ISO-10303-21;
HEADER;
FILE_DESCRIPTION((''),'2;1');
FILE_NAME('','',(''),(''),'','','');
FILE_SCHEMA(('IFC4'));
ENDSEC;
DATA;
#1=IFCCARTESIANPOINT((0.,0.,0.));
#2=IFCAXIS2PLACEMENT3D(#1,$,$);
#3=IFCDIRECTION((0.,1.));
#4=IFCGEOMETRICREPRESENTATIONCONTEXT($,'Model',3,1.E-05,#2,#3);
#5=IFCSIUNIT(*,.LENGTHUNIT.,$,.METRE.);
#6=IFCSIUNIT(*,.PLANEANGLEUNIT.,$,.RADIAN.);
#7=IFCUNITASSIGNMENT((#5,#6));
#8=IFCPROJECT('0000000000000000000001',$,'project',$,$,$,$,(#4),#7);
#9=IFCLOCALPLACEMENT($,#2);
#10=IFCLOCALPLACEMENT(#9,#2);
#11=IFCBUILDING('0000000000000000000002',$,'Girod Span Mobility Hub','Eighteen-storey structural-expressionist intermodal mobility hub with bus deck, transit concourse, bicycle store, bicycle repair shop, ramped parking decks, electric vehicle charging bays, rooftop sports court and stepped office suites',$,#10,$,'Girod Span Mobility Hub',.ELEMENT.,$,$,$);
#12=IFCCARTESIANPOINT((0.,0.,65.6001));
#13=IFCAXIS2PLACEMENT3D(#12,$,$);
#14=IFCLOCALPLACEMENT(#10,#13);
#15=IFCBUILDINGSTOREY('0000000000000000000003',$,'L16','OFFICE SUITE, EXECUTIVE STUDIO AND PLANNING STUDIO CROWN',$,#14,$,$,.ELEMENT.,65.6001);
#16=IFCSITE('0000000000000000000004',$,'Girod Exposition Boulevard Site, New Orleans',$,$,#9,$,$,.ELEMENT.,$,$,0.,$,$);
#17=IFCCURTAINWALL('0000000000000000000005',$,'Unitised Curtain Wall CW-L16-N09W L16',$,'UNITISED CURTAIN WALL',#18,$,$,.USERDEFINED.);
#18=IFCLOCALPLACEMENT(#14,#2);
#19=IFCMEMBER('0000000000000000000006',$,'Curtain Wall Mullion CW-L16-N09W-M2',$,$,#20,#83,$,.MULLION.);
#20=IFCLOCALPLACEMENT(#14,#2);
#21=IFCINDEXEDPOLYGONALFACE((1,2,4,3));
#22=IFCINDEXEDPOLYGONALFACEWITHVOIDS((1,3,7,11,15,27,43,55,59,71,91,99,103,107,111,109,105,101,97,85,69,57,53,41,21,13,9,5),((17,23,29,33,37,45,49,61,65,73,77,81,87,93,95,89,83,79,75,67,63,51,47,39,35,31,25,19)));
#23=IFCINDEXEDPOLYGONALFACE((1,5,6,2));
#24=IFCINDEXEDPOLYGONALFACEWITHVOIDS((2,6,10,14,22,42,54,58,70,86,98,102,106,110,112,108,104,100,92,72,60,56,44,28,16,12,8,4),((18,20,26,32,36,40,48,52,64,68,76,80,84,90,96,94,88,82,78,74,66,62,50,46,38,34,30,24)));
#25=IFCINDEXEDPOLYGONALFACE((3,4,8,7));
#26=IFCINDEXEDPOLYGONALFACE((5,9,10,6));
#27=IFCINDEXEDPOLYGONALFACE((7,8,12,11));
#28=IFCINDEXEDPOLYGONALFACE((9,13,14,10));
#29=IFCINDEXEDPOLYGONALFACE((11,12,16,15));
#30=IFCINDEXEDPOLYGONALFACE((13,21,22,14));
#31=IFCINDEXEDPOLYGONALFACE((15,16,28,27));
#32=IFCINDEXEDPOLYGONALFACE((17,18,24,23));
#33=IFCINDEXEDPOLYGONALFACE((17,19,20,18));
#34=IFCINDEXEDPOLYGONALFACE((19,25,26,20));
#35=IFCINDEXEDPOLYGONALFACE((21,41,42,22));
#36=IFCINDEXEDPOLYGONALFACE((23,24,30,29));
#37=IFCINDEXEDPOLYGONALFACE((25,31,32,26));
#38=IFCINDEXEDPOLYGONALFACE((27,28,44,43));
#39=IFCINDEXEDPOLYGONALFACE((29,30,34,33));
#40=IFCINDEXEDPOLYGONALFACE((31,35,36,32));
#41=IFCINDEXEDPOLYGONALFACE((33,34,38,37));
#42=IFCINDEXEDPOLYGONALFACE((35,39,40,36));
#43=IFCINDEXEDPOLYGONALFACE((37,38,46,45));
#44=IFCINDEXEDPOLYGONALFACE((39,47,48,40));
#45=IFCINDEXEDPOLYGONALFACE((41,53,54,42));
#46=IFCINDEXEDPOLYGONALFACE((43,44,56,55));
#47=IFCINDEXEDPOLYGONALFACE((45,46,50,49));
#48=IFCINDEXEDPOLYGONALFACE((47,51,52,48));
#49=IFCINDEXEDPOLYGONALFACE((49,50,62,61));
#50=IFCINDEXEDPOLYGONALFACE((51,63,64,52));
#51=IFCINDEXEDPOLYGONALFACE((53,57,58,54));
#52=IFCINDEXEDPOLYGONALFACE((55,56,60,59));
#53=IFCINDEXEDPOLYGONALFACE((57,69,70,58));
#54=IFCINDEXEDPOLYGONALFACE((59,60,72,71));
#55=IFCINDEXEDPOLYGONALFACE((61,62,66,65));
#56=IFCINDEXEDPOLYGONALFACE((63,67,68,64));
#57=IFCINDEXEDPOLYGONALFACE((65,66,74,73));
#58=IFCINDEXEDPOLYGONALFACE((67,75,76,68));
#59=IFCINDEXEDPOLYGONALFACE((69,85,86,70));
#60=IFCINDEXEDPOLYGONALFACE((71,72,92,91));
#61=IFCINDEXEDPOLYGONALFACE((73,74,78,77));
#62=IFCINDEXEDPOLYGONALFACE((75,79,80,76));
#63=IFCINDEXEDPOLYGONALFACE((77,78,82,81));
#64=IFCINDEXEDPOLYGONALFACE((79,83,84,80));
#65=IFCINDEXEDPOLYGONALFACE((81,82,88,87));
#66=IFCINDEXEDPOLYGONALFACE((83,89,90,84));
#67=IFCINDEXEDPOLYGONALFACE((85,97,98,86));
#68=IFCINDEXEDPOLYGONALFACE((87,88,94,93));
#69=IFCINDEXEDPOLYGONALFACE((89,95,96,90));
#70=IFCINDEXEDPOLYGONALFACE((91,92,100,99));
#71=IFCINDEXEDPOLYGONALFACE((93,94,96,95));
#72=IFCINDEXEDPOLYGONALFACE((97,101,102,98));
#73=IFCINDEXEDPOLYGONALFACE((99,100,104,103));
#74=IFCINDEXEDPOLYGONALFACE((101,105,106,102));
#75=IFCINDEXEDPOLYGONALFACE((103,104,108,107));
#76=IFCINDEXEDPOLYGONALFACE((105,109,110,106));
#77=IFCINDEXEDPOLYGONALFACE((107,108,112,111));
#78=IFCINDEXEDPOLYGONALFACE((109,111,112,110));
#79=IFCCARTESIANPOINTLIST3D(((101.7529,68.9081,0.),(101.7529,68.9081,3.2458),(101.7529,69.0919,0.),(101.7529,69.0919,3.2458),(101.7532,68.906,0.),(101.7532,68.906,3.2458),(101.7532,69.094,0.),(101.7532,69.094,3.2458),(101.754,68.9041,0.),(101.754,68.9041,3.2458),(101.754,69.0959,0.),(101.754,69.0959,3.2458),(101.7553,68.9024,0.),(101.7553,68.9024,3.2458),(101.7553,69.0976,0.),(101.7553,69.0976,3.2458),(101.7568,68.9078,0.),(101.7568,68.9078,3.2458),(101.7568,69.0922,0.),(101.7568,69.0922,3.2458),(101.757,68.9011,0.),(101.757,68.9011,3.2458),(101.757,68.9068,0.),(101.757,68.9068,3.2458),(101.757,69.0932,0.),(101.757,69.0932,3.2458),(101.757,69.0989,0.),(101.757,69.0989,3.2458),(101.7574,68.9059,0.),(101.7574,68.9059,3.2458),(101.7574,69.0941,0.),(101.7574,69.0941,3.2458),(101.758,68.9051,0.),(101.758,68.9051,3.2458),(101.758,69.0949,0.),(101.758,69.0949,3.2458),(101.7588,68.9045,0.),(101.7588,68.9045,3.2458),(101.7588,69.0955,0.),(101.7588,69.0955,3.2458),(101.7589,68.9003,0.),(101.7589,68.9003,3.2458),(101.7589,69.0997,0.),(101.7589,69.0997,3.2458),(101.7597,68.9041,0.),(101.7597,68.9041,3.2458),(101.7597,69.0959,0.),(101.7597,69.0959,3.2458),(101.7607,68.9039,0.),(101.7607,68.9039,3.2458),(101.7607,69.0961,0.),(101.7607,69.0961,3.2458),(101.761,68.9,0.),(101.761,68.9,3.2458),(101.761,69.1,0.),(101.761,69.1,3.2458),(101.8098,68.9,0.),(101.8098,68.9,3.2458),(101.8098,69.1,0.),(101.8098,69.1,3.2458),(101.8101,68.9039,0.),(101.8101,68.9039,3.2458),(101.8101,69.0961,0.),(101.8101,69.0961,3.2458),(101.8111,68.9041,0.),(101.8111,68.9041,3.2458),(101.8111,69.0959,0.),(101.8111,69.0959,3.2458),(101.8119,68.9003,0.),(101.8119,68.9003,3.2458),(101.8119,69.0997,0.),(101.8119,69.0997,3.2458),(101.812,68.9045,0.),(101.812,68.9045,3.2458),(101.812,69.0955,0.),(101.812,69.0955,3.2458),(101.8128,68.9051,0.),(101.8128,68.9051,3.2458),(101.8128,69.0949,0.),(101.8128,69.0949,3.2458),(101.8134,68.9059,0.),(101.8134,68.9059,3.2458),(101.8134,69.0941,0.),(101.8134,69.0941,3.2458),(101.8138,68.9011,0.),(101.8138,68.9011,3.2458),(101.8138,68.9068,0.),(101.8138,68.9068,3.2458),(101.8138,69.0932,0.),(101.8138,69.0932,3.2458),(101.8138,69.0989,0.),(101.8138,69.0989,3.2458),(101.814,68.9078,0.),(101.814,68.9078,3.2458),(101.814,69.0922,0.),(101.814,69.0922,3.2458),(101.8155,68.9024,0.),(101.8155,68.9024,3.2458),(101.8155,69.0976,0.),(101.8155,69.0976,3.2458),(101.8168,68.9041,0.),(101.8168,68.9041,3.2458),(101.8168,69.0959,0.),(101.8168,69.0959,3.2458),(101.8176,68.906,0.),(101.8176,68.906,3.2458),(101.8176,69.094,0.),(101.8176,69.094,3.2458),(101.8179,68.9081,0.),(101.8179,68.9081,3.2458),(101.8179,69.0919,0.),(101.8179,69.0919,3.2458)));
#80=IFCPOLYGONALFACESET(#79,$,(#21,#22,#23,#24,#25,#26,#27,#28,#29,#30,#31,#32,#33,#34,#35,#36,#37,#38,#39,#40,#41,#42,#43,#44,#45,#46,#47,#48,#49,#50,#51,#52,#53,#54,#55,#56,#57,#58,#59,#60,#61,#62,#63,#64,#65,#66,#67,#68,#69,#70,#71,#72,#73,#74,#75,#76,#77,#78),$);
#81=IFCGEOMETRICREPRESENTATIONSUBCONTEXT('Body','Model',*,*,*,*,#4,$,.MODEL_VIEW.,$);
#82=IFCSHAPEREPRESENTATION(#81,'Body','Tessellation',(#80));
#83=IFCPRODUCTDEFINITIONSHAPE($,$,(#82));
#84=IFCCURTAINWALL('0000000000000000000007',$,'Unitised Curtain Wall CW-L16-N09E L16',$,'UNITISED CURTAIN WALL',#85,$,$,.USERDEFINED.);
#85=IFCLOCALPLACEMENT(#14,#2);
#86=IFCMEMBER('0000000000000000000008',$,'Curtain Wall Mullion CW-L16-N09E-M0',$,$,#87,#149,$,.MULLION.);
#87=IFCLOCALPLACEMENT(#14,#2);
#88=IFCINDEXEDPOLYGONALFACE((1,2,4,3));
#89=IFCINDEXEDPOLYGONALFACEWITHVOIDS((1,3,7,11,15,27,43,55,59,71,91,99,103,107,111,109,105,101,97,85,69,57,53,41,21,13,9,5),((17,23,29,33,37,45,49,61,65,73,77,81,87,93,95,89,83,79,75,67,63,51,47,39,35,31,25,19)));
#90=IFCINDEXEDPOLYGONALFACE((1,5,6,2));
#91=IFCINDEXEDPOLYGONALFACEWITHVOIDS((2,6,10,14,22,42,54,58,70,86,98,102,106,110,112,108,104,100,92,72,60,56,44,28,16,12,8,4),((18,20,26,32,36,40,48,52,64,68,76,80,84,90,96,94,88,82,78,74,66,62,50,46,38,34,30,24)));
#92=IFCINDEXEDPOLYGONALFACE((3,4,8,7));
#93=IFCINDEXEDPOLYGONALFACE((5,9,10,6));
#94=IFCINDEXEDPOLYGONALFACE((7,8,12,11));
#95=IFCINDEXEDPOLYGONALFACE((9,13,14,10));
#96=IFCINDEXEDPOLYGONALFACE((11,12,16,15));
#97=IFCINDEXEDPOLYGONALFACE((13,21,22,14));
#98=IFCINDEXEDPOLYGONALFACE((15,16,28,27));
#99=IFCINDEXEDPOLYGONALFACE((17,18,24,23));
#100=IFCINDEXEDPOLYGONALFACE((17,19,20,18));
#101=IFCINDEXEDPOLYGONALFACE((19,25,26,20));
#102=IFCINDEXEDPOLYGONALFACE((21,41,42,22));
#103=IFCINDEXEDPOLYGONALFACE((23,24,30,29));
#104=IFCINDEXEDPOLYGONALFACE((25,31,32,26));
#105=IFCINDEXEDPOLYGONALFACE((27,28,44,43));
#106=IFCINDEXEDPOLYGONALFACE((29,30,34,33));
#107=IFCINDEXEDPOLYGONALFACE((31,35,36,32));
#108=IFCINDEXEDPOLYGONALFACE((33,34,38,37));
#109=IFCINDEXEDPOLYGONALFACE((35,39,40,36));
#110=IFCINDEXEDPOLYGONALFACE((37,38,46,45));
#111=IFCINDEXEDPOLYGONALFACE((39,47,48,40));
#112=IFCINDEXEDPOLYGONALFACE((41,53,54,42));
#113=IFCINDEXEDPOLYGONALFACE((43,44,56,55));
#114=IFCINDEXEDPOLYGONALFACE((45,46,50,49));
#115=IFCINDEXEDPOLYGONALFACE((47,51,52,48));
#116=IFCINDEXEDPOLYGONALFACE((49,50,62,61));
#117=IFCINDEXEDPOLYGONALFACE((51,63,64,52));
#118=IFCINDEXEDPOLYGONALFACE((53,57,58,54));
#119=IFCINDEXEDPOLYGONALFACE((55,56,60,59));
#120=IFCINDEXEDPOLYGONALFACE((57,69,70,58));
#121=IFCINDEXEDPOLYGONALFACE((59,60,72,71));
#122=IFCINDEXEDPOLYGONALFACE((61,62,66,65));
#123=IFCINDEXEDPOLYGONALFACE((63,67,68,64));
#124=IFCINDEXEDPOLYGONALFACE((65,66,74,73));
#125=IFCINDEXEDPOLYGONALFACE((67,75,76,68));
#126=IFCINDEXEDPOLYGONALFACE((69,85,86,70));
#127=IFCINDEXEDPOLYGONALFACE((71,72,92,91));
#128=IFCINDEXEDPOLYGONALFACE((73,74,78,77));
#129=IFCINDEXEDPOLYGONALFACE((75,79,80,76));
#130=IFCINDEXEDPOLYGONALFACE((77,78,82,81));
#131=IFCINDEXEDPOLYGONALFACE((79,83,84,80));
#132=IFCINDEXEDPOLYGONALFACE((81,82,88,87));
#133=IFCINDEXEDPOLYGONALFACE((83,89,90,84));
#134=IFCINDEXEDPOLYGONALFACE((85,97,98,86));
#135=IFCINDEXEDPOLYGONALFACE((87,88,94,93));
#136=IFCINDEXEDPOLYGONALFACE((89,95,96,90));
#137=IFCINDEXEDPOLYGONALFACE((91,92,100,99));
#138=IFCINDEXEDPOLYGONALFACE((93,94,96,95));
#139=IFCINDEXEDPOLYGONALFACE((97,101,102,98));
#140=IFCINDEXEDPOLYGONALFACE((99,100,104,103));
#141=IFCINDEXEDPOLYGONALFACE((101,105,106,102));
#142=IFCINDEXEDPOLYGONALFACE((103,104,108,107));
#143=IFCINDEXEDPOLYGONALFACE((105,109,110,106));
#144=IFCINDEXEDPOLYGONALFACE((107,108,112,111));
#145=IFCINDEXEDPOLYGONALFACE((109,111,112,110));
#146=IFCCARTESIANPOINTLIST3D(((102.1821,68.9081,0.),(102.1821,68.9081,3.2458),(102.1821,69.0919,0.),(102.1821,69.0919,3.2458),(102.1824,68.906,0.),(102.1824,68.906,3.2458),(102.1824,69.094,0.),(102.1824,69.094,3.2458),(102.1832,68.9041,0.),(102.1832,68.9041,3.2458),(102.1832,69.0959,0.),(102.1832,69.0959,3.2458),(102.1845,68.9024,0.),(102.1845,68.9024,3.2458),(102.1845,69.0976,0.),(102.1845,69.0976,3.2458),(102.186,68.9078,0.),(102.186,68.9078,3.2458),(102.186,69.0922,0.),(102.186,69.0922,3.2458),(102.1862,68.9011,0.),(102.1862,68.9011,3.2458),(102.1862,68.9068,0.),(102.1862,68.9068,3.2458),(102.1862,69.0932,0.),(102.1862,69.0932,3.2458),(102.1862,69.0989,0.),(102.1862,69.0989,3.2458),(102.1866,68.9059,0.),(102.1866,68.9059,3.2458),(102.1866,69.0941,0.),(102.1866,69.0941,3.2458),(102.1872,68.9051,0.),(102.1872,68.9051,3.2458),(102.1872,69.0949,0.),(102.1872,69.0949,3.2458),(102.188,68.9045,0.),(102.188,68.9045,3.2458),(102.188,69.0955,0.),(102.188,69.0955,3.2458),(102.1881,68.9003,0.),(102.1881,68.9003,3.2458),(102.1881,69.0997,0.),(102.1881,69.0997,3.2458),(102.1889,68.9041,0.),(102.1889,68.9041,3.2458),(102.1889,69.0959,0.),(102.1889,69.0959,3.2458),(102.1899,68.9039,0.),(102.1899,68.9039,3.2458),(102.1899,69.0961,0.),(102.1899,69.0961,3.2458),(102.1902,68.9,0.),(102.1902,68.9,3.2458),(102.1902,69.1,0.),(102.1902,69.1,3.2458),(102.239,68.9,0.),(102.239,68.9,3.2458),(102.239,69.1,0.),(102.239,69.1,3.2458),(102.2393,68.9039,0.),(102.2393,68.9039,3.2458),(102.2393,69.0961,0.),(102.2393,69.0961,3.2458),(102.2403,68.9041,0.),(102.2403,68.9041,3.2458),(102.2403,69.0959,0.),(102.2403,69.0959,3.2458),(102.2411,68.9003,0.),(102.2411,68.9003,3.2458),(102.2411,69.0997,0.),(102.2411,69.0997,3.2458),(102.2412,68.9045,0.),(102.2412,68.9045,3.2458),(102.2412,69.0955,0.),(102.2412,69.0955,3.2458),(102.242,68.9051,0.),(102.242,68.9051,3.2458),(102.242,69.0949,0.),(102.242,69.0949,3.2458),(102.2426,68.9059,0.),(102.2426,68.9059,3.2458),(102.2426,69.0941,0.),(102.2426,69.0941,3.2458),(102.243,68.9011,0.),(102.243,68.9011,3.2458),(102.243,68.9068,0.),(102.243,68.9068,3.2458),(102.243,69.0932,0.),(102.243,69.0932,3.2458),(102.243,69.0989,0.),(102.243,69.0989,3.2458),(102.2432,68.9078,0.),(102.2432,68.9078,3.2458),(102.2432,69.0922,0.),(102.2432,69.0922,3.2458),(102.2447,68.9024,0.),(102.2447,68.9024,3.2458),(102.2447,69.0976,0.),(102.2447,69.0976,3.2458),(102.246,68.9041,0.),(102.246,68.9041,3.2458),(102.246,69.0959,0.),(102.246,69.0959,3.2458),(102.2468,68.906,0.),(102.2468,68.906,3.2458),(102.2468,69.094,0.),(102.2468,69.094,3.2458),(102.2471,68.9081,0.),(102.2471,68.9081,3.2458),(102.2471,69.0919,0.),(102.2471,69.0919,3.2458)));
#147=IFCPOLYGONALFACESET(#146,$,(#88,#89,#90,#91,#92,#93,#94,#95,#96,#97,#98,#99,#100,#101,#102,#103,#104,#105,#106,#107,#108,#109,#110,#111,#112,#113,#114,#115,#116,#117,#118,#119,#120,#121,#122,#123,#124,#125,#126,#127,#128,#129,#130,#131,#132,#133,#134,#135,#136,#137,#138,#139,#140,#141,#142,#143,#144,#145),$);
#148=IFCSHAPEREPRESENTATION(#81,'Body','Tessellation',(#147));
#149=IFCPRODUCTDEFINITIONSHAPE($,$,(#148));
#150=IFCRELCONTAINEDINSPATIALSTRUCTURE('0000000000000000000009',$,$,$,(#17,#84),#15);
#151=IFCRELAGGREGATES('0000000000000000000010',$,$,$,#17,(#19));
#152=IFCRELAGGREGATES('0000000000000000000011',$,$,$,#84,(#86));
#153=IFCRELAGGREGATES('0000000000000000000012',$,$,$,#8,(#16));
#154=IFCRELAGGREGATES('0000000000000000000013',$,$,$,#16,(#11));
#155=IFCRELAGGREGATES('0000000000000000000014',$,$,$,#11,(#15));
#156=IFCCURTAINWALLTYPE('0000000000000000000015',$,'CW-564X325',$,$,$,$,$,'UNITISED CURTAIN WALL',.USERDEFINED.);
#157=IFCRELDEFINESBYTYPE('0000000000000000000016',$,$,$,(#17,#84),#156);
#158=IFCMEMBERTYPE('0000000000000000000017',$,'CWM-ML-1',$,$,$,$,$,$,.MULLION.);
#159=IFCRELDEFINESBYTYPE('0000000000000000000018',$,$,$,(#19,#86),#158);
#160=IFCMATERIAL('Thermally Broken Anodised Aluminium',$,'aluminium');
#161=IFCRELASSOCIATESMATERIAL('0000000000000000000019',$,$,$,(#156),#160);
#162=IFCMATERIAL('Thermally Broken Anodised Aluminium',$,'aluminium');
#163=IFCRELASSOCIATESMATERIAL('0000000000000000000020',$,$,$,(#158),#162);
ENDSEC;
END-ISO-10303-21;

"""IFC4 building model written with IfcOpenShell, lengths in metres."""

from ifc_helpers import new_model, si_unit, direction, frame, origin, origin_2d, place, context, subcontext, project, spatial, hollow_rectangle, extrude, material, material_profile, profile_set, type_object, element, aggregate, save


model = new_model("IFC4")

# Units and contexts
model_context = context("Model", 3, precision=1e-05, world=origin(), true_north=direction((0.0, 1.0)))
body_context = subcontext(model_context, "Body", "Model", "MODEL_VIEW")
ifc_project = project(units=[si_unit("LENGTHUNIT", "METRE"), si_unit("PLANEANGLEUNIT", "RADIAN")], contexts=[model_context])

# Site, building, storey
site_placement = place(None, origin())
site = spatial("IfcSite", under=ifc_project, at=site_placement, Name="Girod Exposition Boulevard Site, New Orleans", CompositionType="ELEMENT", RefElevation=0.0)
building_placement = place(site_placement, origin())
building = spatial("IfcBuilding", under=site, at=building_placement, Name="Girod Span Mobility Hub", Description="Eighteen-storey structural-expressionist intermodal mobility hub with bus deck, transit concourse, bicycle store, bicycle repair shop, ramped parking decks, electric vehicle charging bays, rooftop sports court and stepped office suites", LongName="Girod Span Mobility Hub", CompositionType="ELEMENT")
storey_placement = place(building_placement, frame((0.0, 0.0, 65.6001)))
storey = spatial("IfcBuildingStorey", under=building, at=storey_placement, Name="L16", Description="OFFICE SUITE, EXECUTIVE STUDIO AND PLANNING STUDIO CROWN", CompositionType="ELEMENT", Elevation=65.6001)

# Curtain walls, members
ifc_material_1 = material(Name="Thermally Broken Anodised Aluminium", Category="aluminium")
curtain_wall_type = type_object("IfcCurtainWallType", Name="CW-564X325", ElementType="UNITISED CURTAIN WALL", PredefinedType="USERDEFINED", material=ifc_material_1)
curtain_wall_1_placement = place(storey_placement, origin())
curtain_wall_1 = element("IfcCurtainWall", 1, at=curtain_wall_1_placement, inside=storey, type_object=curtain_wall_type, Name="Unitised Curtain Wall CW-L16-N09W L16", ObjectType="UNITISED CURTAIN WALL", PredefinedType="USERDEFINED")
ifc_material_2 = material(Name="Thermally Broken Anodised Aluminium", Category="aluminium")
ifc_material_profile_1 = material_profile(ifc_material_2, hollow_rectangle(XDim=0.2, YDim=0.0649, WallThickness=0.0039, InnerFilletRadius=0.0039, OuterFilletRadius=0.0081, at=origin_2d()), Name="CW-ML-65X200")
ifc_profile_set_1 = profile_set([ifc_material_profile_1], Name="Thermally Broken Anodised Aluminium")
member_type_1 = type_object("IfcMemberType", Name="CWM-ML-1", PredefinedType="MULLION", material=ifc_profile_set_1)
member_1_placement = place(storey_placement, frame((101.7854, 69.0, 0.0), z_axis=(0.0, 0.0, 1.0), x_axis=(0.0, 1.0, 0.0)))
member_1 = element("IfcMember", 2, at=member_1_placement, type_object=member_type_1, Name="Curtain Wall Mullion CW-L16-N09W-M2", PredefinedType="MULLION", context=body_context, shape_type="SweptSolid", body=[
    extrude(hollow_rectangle(XDim=0.2, YDim=0.0649, WallThickness=0.0039, InnerFilletRadius=0.0039, OuterFilletRadius=0.0081, at=origin_2d()), origin(), (0.0, 0.0, 1.0), 3.2458),
])
curtain_wall_2_placement = place(storey_placement, origin())
curtain_wall_2 = element("IfcCurtainWall", 3, at=curtain_wall_2_placement, inside=storey, type_object=curtain_wall_type, Name="Unitised Curtain Wall CW-L16-N09E L16", ObjectType="UNITISED CURTAIN WALL", PredefinedType="USERDEFINED")
member_2_placement = place(storey_placement, frame((102.2146, 69.0, 0.0), z_axis=(0.0, 0.0, 1.0), x_axis=(0.0, 1.0, 0.0)))
member_2 = element("IfcMember", 4, at=member_2_placement, type_object=member_type_1, Name="Curtain Wall Mullion CW-L16-N09E-M0", PredefinedType="MULLION", context=body_context, shape_type="SweptSolid", body=[
    extrude(hollow_rectangle(XDim=0.2, YDim=0.0649, WallThickness=0.0039, InnerFilletRadius=0.0039, OuterFilletRadius=0.0081, at=origin_2d()), origin(), (0.0, 0.0, 1.0), 3.2458),
])

aggregate(curtain_wall_1, [member_1])
aggregate(curtain_wall_2, [member_2])

save(model, "model.ifc")
